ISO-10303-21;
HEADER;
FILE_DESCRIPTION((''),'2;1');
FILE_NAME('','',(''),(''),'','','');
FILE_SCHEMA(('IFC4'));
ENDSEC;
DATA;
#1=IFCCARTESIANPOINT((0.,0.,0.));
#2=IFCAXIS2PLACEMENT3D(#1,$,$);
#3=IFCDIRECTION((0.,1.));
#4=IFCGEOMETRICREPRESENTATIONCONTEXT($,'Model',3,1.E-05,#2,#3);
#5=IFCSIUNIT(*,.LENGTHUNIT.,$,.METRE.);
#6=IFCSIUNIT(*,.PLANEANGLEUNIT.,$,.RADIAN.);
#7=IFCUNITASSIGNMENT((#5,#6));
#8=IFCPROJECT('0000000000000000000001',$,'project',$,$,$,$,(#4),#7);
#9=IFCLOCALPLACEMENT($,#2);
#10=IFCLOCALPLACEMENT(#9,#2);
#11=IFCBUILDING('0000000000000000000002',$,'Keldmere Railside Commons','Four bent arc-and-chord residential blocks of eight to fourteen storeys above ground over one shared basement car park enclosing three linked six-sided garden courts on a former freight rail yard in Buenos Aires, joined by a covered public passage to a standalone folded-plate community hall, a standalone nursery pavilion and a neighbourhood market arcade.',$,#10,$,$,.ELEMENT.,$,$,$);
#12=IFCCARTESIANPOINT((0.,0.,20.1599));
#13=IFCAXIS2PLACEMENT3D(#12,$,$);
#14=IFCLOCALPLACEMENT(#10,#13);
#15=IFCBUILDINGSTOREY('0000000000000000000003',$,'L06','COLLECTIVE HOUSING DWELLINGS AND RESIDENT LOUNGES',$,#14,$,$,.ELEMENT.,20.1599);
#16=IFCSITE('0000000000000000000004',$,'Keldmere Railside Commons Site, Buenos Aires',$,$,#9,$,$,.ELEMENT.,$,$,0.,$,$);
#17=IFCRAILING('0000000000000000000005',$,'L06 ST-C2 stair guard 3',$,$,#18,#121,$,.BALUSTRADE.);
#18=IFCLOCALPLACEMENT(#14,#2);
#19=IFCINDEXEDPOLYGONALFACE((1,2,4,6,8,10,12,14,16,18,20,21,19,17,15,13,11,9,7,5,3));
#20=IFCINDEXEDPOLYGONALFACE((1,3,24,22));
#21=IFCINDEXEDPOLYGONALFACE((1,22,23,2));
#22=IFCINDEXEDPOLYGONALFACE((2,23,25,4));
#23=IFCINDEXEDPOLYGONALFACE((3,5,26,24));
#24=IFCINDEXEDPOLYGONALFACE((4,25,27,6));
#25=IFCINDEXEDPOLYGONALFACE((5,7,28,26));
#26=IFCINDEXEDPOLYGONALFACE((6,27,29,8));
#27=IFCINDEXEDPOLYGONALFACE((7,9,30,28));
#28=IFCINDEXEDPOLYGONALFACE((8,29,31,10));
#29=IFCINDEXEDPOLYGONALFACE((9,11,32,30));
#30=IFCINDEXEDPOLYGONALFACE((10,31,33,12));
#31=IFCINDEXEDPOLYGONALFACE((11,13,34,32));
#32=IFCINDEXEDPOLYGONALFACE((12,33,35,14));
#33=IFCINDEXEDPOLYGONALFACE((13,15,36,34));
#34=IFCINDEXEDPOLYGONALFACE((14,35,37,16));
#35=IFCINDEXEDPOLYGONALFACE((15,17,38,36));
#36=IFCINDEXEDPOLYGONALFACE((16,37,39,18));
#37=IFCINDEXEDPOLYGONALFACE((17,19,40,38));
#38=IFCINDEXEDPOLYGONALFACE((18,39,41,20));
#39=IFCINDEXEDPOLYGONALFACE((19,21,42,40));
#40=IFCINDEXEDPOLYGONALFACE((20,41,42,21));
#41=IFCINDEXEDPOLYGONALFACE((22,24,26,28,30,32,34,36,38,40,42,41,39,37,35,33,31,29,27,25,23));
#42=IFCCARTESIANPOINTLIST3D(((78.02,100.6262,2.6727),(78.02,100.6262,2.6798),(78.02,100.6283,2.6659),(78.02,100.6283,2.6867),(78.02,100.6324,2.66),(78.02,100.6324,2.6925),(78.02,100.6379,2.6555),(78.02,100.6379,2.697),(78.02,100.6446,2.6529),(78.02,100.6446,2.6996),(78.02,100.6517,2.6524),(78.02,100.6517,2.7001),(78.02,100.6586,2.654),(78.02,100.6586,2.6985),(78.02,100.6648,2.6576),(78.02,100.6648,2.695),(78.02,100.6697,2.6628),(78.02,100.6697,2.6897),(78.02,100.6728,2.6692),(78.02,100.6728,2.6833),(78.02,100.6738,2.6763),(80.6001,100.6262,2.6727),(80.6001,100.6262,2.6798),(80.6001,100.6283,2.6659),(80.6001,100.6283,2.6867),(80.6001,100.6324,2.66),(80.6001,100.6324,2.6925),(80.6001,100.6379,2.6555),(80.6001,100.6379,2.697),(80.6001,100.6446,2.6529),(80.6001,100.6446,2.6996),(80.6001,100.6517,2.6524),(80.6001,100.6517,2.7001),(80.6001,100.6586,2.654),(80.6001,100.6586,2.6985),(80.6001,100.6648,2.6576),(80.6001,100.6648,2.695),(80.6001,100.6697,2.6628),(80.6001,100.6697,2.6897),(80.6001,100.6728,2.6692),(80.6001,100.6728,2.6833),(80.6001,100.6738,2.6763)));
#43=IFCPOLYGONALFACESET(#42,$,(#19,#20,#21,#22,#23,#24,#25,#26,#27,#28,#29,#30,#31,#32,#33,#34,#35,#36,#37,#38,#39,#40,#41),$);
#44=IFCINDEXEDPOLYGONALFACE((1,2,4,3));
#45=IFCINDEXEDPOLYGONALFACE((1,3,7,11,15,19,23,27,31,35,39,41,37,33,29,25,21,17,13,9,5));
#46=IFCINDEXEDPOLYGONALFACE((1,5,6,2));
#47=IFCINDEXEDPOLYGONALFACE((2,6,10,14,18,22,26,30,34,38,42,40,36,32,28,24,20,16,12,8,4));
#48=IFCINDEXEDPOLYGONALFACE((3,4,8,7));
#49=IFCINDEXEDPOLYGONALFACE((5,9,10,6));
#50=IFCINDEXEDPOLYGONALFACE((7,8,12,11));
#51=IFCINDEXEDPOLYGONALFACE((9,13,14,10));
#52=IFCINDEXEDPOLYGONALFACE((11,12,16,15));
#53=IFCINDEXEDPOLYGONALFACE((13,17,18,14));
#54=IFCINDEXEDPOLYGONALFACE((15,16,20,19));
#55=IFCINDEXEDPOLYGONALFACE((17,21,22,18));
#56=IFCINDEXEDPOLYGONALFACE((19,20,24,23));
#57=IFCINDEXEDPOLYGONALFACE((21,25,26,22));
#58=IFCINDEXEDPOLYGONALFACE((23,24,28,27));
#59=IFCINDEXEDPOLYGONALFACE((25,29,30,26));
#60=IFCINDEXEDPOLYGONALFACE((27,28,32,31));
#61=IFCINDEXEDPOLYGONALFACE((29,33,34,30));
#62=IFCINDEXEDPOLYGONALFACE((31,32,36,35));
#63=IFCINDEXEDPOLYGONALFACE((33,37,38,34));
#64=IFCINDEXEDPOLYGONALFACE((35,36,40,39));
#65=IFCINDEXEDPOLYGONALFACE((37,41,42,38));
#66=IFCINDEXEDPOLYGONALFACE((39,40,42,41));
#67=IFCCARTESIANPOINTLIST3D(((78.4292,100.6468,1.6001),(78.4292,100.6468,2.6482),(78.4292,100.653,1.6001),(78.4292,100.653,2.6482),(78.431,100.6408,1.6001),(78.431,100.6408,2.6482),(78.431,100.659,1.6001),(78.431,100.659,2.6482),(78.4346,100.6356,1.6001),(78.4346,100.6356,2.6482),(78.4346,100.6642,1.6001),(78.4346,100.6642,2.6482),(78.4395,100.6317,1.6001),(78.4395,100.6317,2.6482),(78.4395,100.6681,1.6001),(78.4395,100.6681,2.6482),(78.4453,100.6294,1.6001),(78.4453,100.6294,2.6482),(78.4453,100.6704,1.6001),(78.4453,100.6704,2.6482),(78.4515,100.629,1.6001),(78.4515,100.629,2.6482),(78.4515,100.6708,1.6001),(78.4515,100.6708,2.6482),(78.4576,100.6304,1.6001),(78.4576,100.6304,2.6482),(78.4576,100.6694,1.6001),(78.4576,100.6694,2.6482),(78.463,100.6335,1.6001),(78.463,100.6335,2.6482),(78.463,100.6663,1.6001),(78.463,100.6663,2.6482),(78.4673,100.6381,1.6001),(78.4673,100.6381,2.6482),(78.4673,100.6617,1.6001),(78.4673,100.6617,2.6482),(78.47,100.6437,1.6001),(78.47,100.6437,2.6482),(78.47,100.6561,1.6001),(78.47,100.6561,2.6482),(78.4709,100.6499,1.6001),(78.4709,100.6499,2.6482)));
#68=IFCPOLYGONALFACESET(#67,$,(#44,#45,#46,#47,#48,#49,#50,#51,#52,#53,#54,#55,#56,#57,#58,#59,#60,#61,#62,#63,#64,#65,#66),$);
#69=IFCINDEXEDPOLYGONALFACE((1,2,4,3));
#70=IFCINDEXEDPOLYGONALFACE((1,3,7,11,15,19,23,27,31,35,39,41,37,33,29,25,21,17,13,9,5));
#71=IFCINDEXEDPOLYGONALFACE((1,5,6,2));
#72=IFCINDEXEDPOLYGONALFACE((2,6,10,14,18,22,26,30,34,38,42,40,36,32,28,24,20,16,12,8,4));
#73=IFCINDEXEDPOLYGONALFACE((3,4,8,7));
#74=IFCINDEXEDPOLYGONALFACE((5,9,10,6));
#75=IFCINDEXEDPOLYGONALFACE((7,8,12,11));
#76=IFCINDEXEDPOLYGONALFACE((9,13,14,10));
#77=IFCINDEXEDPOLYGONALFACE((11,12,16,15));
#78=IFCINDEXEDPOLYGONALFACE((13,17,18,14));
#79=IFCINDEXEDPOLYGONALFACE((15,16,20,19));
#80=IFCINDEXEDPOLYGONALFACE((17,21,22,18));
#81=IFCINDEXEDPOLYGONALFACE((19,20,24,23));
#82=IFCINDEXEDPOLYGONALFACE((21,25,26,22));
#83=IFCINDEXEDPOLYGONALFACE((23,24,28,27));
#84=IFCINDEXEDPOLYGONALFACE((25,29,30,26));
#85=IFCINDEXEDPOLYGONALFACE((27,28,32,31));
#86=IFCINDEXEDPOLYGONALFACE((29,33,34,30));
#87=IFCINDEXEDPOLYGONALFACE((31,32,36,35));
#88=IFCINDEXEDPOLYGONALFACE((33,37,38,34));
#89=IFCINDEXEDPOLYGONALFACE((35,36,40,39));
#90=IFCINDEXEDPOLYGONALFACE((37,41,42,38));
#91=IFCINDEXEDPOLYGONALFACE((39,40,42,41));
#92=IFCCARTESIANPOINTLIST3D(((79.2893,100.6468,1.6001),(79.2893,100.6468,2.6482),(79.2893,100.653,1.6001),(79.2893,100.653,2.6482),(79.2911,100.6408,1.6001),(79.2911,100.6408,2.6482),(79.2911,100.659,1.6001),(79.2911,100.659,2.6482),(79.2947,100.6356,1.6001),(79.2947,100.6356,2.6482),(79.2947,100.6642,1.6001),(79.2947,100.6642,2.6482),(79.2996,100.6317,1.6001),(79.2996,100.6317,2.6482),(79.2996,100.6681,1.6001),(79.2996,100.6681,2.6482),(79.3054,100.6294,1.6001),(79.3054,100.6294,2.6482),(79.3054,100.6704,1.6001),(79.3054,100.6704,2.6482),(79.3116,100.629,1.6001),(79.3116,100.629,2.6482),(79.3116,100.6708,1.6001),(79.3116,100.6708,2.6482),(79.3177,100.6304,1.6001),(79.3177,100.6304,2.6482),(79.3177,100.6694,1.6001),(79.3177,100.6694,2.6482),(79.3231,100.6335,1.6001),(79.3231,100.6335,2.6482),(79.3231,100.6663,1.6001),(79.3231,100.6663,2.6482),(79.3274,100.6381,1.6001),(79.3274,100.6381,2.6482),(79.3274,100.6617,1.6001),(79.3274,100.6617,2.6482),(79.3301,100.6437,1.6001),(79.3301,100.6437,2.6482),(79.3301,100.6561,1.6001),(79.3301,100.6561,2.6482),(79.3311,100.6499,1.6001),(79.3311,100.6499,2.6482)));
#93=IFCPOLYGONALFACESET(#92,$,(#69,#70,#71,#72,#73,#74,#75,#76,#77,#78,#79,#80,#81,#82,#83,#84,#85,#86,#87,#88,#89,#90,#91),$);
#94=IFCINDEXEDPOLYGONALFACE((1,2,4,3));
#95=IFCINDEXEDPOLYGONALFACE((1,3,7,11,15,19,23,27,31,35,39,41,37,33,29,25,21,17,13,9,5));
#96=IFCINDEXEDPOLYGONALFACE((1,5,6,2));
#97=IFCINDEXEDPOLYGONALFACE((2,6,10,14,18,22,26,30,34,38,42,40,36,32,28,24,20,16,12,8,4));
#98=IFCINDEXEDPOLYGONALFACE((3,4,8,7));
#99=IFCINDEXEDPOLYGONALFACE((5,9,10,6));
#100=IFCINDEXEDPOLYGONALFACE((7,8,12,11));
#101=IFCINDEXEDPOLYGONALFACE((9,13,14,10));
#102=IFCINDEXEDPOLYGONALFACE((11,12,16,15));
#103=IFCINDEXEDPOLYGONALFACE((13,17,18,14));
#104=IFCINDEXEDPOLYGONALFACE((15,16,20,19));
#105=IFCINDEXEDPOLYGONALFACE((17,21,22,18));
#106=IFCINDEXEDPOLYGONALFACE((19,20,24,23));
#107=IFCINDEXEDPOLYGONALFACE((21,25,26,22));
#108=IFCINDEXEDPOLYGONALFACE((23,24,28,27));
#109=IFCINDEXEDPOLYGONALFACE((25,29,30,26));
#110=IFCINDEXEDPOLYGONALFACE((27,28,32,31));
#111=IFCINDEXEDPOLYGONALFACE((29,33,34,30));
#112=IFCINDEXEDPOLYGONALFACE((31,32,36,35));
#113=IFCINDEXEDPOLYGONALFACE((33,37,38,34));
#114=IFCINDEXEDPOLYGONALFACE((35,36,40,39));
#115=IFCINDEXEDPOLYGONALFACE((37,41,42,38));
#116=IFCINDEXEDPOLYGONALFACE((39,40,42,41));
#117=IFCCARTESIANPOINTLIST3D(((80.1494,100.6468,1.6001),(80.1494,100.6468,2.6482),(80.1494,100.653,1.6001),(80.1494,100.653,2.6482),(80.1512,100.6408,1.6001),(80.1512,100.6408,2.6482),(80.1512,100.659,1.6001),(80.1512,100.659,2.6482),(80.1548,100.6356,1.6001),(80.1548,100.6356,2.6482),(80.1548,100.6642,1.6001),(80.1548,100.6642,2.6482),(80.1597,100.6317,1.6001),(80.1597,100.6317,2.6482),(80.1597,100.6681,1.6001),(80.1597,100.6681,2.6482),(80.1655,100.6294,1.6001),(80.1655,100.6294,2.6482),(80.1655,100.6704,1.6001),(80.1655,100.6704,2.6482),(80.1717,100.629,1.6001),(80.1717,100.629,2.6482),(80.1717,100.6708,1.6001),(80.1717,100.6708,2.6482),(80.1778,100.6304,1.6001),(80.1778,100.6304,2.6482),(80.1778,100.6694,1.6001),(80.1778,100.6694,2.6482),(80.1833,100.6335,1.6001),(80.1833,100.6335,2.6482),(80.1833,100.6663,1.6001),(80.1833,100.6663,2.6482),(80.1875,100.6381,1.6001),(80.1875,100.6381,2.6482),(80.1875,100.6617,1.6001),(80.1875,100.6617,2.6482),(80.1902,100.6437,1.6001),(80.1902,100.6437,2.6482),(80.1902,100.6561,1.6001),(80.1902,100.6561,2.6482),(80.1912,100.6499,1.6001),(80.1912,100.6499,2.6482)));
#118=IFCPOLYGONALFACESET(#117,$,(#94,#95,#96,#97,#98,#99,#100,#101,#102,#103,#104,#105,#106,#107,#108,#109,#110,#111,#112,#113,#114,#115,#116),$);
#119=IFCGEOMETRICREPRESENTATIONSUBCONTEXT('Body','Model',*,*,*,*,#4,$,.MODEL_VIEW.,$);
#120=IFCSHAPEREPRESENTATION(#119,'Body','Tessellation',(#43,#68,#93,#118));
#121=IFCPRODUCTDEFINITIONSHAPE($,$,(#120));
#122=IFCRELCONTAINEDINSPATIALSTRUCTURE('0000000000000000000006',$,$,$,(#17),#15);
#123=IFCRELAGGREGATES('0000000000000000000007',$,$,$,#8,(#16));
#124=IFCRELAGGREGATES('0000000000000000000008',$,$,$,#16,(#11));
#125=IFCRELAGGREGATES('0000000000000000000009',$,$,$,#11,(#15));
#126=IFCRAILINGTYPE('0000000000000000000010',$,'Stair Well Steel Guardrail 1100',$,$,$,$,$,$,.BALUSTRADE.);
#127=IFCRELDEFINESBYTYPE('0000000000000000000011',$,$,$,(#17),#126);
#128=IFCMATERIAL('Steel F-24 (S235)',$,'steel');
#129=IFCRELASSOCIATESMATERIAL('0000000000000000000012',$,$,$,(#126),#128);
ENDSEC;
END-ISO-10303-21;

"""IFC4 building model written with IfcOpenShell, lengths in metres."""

from ifc_helpers import new_model, si_unit, direction, frame, origin, origin_2d, place, context, subcontext, project, spatial, circle, extrude, material, type_object, element, save


model = new_model("IFC4")

# Units and contexts
model_context = context("Model", 3, precision=1e-05, world=origin(), true_north=direction((0.0, 1.0)))
body_context = subcontext(model_context, "Body", "Model", "MODEL_VIEW")
ifc_project = project(units=[si_unit("LENGTHUNIT", "METRE"), si_unit("PLANEANGLEUNIT", "RADIAN")], contexts=[model_context])

# Site, building, storey
site_placement = place(None, origin())
site = spatial("IfcSite", under=ifc_project, at=site_placement, Name="Keldmere Railside Commons Site, Buenos Aires", CompositionType="ELEMENT", RefElevation=0.0)
building_placement = place(site_placement, origin())
building = spatial("IfcBuilding", under=site, at=building_placement, Name="Keldmere Railside Commons", Description="Four bent arc-and-chord residential blocks of eight to fourteen storeys above ground over one shared basement car park enclosing three linked six-sided garden courts on a former freight rail yard in Buenos Aires, joined by a covered public passage to a standalone folded-plate community hall, a standalone nursery pavilion and a neighbourhood market arcade.", CompositionType="ELEMENT")
storey_placement = place(building_placement, frame((0.0, 0.0, 20.1599)))
storey = spatial("IfcBuildingStorey", under=building, at=storey_placement, Name="L06", Description="COLLECTIVE HOUSING DWELLINGS AND RESIDENT LOUNGES", CompositionType="ELEMENT", Elevation=20.1599)

# Railing
ifc_material_1 = material(Name="Steel F-24 (S235)", Category="steel")
railing_type_1 = type_object("IfcRailingType", Name="Stair Well Steel Guardrail 1100", PredefinedType="BALUSTRADE", material=ifc_material_1)
railing_1_placement = place(storey_placement, frame((78.02, 100.6499, 1.6001)))
element("IfcRailing", 1, at=railing_1_placement, inside=storey, type_object=railing_type_1, Name="L06 ST-C2 stair guard 3", PredefinedType="BALUSTRADE", context=body_context, shape_type="SweptSolid", body=[
    extrude(circle(Radius=0.0239, at=origin_2d()), frame((0.0, 0.0, 1.0762), z_axis=(1.0, 0.0, 0.0), x_axis=(0.0, 1.0, 0.0)), (0.0, 0.0, 1.0), 2.5801),
    extrude(circle(Radius=0.021, at=origin_2d()), frame((0.4299, 0.0, 0.0)), (0.0, 0.0, 1.0), 1.0481),
    extrude(circle(Radius=0.021, at=origin_2d()), frame((1.29, 0.0, 0.0)), (0.0, 0.0, 1.0), 1.0481),
    extrude(circle(Radius=0.021, at=origin_2d()), frame((2.1501, 0.0, 0.0)), (0.0, 0.0, 1.0), 1.0481),
])

save(model, "model.ifc")
